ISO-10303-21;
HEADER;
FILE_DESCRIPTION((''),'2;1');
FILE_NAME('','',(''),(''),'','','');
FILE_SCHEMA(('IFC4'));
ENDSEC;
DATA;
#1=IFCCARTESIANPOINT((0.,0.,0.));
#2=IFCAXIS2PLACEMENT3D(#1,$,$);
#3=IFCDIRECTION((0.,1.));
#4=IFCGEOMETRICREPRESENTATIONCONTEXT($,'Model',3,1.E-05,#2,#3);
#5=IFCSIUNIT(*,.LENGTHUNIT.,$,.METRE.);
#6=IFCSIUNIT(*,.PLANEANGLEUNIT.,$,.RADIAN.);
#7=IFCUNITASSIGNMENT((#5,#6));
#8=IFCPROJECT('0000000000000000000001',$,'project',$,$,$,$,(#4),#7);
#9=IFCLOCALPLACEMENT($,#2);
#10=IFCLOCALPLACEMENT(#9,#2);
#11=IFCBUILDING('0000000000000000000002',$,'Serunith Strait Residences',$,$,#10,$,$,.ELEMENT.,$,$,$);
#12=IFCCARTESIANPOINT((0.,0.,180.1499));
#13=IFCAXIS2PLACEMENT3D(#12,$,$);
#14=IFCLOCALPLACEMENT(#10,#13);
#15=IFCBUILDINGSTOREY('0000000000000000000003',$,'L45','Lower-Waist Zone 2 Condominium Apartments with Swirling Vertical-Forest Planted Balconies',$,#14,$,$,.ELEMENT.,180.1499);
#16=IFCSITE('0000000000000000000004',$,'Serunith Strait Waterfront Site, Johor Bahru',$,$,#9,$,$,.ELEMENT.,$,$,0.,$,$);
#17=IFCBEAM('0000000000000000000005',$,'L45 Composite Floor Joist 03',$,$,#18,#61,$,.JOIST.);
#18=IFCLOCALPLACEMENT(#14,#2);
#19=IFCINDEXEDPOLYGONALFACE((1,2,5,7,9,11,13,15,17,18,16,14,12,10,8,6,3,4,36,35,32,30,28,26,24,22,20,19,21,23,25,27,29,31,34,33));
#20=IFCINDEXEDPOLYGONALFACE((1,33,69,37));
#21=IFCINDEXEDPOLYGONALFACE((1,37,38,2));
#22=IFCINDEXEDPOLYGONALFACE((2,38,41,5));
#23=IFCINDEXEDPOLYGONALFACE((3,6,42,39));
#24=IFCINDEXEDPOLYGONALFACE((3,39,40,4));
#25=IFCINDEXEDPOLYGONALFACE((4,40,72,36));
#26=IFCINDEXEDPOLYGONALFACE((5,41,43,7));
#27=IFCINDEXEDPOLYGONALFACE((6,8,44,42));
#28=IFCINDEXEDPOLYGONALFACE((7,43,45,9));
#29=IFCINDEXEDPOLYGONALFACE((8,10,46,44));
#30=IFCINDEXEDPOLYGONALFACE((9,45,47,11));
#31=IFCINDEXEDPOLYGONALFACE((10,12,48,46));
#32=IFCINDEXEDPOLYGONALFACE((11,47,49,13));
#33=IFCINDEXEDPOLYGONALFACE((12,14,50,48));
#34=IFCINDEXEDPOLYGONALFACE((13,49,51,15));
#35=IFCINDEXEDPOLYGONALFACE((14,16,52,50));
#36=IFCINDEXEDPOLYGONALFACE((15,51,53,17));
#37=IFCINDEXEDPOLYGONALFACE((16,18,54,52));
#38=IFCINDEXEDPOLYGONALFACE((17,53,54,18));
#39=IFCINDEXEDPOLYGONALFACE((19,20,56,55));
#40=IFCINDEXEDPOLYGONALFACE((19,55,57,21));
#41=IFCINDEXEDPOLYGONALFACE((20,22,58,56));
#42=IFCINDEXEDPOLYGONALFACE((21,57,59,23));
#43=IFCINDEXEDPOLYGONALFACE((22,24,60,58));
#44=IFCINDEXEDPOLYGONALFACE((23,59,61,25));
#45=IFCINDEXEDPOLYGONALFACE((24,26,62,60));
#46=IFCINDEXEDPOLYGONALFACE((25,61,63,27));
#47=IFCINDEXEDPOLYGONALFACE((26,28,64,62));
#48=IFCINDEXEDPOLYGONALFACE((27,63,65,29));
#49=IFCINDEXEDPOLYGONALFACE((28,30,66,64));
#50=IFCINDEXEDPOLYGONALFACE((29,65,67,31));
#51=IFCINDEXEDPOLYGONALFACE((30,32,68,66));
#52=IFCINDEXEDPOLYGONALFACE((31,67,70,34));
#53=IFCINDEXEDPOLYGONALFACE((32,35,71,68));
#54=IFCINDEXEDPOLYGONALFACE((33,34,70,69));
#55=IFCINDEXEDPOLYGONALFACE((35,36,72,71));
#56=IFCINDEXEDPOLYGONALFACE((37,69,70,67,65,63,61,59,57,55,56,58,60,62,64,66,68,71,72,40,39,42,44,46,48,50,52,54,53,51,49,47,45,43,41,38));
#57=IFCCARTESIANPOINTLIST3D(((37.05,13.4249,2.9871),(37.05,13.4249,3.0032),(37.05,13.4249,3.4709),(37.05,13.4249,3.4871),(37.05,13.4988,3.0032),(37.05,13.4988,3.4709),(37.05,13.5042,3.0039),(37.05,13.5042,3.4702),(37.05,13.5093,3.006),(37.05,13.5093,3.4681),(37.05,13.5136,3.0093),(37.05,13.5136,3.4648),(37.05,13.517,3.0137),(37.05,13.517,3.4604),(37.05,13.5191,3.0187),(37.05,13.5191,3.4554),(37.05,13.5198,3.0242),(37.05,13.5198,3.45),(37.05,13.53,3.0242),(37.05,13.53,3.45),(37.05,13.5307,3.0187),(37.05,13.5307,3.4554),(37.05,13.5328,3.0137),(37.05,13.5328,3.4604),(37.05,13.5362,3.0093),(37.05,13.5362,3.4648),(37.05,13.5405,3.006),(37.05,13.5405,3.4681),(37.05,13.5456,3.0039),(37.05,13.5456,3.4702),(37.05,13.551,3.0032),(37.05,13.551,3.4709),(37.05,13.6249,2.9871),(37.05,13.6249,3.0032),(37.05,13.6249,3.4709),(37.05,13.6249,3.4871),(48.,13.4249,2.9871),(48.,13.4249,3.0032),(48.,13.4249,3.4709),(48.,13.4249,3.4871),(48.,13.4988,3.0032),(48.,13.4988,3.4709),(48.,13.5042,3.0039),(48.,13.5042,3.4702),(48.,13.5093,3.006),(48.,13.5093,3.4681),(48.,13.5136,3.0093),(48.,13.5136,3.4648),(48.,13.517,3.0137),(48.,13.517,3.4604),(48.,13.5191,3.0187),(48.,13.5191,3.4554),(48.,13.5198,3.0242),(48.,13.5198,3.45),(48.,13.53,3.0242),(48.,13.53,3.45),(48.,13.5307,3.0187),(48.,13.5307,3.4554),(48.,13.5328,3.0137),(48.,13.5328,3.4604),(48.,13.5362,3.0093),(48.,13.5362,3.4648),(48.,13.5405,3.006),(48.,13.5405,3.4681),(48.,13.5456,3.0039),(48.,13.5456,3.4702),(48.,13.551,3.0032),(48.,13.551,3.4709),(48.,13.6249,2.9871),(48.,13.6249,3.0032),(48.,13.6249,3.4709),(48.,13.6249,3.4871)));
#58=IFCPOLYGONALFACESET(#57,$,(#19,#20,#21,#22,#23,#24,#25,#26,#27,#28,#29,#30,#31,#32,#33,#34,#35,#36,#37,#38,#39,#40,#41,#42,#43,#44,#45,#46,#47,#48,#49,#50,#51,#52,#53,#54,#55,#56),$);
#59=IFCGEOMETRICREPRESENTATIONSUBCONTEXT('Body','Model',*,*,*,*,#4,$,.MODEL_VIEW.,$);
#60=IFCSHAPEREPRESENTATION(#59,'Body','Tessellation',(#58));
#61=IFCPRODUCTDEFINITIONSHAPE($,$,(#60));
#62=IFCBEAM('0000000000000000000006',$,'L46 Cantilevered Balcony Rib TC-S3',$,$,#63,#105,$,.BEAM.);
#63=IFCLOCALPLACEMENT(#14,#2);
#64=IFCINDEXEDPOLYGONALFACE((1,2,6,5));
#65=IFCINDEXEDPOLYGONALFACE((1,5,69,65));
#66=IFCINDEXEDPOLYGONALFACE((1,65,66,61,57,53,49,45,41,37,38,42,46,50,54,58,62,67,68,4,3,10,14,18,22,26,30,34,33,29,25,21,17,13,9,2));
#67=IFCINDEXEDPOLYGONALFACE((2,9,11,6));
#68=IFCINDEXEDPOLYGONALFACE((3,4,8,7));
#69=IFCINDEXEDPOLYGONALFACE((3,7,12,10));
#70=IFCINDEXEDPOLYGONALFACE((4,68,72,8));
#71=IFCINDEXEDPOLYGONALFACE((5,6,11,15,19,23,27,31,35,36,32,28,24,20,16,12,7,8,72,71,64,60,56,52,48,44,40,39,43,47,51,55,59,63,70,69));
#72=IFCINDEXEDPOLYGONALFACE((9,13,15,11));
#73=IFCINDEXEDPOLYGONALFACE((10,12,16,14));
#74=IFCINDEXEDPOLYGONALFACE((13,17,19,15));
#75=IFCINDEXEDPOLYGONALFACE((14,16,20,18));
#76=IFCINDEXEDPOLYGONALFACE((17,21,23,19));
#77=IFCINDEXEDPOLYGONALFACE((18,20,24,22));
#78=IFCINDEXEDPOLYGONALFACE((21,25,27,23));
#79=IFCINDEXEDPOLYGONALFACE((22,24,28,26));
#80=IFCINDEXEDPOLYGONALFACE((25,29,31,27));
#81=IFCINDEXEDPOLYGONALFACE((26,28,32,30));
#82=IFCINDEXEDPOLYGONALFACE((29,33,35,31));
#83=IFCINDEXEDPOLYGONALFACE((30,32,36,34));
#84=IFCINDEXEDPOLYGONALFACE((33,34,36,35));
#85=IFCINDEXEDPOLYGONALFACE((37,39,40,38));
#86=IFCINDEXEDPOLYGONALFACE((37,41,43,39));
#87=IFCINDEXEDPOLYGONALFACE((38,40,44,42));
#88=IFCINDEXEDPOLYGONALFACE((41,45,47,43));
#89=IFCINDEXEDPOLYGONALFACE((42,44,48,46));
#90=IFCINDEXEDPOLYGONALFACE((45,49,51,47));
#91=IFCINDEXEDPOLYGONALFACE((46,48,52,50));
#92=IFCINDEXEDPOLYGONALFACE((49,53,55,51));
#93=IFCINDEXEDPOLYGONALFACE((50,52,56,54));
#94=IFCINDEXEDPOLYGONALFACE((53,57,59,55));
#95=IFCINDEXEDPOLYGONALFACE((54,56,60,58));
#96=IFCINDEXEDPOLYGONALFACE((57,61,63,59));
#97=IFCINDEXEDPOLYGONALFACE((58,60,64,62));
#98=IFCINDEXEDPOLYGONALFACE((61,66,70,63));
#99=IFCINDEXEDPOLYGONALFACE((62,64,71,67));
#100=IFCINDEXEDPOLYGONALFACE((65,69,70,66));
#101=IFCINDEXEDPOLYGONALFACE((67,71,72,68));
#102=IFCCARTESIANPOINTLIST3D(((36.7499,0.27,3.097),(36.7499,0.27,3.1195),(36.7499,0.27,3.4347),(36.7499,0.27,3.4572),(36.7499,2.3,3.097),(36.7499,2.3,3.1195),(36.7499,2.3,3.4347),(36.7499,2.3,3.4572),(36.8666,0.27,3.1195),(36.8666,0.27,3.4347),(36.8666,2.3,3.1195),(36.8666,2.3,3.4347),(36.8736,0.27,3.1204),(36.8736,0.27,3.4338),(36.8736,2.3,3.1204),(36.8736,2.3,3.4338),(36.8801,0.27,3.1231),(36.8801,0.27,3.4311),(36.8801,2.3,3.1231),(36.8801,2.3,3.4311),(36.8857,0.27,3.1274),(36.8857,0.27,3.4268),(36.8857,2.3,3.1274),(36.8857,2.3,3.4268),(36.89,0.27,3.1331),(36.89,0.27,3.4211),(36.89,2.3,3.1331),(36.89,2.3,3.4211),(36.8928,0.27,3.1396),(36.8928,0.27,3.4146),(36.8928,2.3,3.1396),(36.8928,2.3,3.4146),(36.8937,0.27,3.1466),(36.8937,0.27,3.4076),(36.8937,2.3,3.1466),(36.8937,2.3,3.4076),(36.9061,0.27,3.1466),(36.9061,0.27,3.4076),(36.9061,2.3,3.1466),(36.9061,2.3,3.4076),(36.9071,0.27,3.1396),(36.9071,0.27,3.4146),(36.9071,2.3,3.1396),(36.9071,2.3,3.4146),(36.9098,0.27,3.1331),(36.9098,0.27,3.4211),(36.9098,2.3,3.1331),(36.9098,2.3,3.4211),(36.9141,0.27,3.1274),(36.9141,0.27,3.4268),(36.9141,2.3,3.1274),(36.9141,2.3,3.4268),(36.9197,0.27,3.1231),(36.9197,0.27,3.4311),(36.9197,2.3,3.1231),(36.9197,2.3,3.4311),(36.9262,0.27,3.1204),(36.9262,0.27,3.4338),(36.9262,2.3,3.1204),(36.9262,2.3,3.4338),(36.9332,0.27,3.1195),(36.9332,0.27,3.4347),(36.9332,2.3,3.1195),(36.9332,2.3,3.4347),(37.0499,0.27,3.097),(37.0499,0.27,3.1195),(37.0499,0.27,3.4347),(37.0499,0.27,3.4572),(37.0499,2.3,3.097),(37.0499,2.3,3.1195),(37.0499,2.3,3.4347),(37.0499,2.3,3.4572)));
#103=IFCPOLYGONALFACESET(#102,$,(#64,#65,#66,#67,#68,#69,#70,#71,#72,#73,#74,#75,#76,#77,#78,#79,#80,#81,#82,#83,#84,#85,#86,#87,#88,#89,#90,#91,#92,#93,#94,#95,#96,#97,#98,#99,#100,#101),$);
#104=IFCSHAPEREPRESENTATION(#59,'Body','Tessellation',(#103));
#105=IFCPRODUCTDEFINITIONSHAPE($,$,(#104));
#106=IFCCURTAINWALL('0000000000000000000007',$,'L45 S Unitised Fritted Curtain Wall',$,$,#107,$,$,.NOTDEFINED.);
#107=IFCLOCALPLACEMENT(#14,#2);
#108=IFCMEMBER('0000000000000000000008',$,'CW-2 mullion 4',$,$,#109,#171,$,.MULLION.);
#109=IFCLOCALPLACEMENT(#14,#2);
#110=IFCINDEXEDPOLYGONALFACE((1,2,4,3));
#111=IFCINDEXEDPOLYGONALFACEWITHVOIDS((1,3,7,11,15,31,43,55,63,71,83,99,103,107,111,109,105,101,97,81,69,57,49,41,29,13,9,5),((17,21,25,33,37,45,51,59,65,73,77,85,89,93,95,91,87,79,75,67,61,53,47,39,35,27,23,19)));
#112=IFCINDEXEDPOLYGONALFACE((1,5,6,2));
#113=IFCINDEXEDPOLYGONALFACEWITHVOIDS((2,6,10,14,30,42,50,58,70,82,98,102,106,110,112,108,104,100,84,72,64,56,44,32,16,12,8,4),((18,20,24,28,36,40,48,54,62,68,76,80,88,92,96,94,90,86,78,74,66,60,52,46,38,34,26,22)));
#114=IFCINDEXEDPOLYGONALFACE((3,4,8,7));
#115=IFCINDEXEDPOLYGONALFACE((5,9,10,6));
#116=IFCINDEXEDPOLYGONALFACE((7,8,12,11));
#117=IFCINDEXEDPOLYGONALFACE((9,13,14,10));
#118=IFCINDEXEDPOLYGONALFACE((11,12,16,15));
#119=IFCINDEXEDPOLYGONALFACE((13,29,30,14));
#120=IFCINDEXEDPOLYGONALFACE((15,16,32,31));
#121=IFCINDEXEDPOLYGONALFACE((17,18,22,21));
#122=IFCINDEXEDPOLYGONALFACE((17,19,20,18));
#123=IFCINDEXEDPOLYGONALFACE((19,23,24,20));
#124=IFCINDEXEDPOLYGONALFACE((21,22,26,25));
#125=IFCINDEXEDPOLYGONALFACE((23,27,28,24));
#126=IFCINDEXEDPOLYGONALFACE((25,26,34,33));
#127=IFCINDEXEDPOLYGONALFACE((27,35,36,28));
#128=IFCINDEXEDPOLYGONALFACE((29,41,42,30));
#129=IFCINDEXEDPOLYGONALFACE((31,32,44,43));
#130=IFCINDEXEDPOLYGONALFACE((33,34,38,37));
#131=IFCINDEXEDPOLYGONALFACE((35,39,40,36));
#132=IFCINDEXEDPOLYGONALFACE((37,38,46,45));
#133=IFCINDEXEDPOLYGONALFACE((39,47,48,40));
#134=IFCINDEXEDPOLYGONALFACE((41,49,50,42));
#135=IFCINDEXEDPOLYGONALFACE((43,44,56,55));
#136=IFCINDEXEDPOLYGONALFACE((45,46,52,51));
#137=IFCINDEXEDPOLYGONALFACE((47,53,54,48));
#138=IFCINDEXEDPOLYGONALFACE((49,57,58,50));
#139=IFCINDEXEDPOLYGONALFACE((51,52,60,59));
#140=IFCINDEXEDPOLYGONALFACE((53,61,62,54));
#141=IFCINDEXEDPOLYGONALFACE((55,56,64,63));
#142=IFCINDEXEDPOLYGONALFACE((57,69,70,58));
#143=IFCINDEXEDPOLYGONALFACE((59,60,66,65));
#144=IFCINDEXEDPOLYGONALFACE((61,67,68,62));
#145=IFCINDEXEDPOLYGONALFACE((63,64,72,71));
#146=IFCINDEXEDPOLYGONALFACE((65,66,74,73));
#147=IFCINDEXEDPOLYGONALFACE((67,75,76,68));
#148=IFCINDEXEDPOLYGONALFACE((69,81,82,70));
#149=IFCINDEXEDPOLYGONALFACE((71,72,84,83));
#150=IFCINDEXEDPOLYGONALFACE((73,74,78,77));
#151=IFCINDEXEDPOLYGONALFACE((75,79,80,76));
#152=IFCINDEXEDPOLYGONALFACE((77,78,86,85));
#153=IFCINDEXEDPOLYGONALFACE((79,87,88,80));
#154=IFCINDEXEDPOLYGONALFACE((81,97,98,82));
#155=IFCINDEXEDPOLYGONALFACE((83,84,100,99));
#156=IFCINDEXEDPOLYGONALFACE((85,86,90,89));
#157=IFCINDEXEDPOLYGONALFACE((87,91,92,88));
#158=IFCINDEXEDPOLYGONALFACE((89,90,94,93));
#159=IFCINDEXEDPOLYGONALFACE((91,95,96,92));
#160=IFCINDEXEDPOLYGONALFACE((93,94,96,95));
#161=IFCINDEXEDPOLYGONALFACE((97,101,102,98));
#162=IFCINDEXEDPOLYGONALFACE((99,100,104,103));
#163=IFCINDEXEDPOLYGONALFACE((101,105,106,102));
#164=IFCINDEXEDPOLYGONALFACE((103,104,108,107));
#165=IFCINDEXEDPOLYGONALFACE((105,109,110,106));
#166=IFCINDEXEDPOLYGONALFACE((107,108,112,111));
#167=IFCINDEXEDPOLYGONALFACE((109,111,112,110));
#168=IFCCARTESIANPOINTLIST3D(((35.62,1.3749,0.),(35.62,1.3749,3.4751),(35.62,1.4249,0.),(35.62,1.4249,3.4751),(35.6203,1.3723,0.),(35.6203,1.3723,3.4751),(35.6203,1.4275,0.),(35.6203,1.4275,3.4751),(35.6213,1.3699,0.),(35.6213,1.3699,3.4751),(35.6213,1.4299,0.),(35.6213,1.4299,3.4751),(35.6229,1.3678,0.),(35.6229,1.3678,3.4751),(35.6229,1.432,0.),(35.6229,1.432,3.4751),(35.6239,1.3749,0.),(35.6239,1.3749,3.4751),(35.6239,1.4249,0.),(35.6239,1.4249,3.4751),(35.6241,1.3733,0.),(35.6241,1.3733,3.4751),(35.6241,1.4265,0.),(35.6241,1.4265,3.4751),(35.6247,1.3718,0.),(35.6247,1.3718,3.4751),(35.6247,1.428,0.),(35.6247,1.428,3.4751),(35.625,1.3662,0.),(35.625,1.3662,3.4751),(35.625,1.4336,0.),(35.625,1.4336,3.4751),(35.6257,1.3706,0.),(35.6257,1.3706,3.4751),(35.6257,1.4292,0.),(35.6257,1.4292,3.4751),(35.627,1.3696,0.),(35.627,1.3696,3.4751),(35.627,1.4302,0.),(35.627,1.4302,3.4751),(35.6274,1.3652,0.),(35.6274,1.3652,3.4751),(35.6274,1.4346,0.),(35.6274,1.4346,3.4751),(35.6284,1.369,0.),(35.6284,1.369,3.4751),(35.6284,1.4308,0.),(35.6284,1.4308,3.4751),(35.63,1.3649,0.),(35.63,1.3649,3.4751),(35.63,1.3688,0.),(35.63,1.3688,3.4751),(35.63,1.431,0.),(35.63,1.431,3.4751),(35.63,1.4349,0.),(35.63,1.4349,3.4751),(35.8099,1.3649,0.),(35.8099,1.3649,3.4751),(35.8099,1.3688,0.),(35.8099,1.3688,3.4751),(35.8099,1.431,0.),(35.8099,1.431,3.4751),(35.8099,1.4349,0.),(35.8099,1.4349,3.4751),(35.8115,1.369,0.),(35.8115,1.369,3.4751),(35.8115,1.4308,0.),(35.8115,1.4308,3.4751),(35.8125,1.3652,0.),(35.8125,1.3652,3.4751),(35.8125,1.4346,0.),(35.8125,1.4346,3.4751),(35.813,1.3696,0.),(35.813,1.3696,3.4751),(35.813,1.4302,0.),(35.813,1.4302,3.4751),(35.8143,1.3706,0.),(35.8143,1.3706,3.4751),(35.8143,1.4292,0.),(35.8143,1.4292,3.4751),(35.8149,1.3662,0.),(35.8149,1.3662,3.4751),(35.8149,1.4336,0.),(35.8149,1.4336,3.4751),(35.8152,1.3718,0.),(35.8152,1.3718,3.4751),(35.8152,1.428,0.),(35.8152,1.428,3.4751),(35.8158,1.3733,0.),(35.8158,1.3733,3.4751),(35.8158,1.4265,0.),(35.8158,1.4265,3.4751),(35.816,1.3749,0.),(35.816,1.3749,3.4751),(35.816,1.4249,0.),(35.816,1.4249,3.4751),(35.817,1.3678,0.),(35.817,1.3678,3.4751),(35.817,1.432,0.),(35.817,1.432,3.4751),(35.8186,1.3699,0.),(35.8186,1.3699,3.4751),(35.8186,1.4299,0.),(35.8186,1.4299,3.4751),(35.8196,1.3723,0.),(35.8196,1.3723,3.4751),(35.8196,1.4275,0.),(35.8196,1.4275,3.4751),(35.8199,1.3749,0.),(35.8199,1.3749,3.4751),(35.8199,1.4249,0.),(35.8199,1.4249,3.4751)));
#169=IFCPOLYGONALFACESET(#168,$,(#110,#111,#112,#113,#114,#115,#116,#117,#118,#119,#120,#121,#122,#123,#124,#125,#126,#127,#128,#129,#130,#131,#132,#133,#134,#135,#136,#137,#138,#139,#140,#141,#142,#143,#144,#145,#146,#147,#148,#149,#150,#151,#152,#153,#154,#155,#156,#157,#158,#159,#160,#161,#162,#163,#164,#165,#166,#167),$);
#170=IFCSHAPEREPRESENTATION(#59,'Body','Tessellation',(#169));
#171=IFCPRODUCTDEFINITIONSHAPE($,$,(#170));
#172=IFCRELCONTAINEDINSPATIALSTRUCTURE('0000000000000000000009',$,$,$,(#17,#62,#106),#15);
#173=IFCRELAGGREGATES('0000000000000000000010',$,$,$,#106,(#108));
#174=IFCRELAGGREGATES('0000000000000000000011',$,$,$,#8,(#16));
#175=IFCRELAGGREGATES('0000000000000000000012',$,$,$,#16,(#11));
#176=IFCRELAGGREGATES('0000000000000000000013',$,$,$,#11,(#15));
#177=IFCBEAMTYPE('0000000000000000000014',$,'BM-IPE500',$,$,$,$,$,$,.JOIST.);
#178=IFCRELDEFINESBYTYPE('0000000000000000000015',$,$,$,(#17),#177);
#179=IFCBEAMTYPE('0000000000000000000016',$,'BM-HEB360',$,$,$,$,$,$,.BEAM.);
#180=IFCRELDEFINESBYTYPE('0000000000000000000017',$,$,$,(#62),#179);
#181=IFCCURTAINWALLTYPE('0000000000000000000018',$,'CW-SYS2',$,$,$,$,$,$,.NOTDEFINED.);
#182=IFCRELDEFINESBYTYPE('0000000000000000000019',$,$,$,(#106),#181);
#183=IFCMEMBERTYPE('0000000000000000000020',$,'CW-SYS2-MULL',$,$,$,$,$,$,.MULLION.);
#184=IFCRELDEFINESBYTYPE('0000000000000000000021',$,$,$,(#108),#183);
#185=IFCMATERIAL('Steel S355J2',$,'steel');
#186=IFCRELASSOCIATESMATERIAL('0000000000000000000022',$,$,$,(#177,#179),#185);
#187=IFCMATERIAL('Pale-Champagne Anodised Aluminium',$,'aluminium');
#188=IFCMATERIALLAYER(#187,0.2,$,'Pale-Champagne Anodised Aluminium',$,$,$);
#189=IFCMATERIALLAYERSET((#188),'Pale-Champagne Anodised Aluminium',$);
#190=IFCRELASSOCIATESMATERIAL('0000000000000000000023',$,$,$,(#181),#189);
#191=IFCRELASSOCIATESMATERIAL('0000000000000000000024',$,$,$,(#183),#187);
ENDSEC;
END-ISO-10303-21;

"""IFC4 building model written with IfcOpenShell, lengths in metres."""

from ifc_helpers import new_model, si_unit, direction, frame, origin, origin_2d, place, context, subcontext, project, spatial, hollow_rectangle, i_section, extrude, source, transform, mapped, material, layer, layer_set, material_profile, profile_set, type_object, element, aggregate, save


model = new_model("IFC4")

# Units and contexts
model_context = context("Model", 3, precision=1e-05, world=origin(), true_north=direction((0.0, 1.0)))
body_context = subcontext(model_context, "Body", "Model", "MODEL_VIEW")
ifc_project = project(units=[si_unit("LENGTHUNIT", "METRE"), si_unit("PLANEANGLEUNIT", "RADIAN")], contexts=[model_context])

# Site, building, storey
site_placement = place(None, origin())
site = spatial("IfcSite", under=ifc_project, at=site_placement, Name="Serunith Strait Waterfront Site, Johor Bahru", CompositionType="ELEMENT", RefElevation=0.0)
building_placement = place(site_placement, origin())
building = spatial("IfcBuilding", under=site, at=building_placement, Name="Serunith Strait Residences", CompositionType="ELEMENT")
storey_placement = place(building_placement, frame((0.0, 0.0, 180.1499)))
storey = spatial("IfcBuildingStorey", under=building, at=storey_placement, Name="L45", Description="Lower-Waist Zone 2 Condominium Apartments with Swirling Vertical-Forest Planted Balconies", CompositionType="ELEMENT", Elevation=180.1499)

# Beams
ifc_material_1 = material(Name="Steel S355J2", Category="steel")
ifc_material_profile_1 = material_profile(ifc_material_1, i_section(OverallWidth=0.2, OverallDepth=0.5, WebThickness=0.0103, FlangeThickness=0.0161, FilletRadius=0.021, at=origin_2d()), Name="IPE 500")
ifc_profile_set_1 = profile_set([ifc_material_profile_1], Name="Steel S355J2")
beam_type_1 = type_object("IfcBeamType", Name="BM-IPE500", PredefinedType="JOIST", material=ifc_profile_set_1)
shared_shape_1 = source(origin(), body_context, "Body", "SweptSolid", [
    extrude(i_section(OverallWidth=0.2, OverallDepth=0.5, WebThickness=0.0103, FlangeThickness=0.0161, FilletRadius=0.021, at=origin_2d()), origin(), (0.0, 0.0, 1.0), 10.95),
])
beam_1_placement = place(storey_placement, frame((37.05, 13.5249, 3.2371), z_axis=(1.0, 0.0, 0.0), x_axis=(0.0, 1.0, 0.0)))
element("IfcBeam", 1, at=beam_1_placement, inside=storey, type_object=beam_type_1, Name="L45 Composite Floor Joist 03", PredefinedType="JOIST", context=body_context, shape_type="MappedRepresentation", body=[
    mapped(shared_shape_1, transform((0.0, 0.0, 0.0), scale=1.0)),
])
ifc_material_profile_2 = material_profile(ifc_material_1, i_section(OverallWidth=0.3, OverallDepth=0.3601, WebThickness=0.0125, FlangeThickness=0.0225, FilletRadius=0.0271, at=origin_2d()), Name="HEB 360")
ifc_profile_set_2 = profile_set([ifc_material_profile_2], Name="Steel S355J2")
beam_type_2 = type_object("IfcBeamType", Name="BM-HEB360", PredefinedType="BEAM", material=ifc_profile_set_2)
shared_shape_2 = source(origin(), body_context, "Body", "SweptSolid", [
    extrude(i_section(OverallWidth=0.3, OverallDepth=0.3601, WebThickness=0.0125, FlangeThickness=0.0225, FilletRadius=0.0271, at=origin_2d()), origin(), (0.0, 0.0, 1.0), 2.03),
])
beam_2_placement = place(storey_placement, frame((36.8999, 2.3, 3.2771), z_axis=(0.0, -1.0, 0.0), x_axis=(1.0, 0.0, 0.0)))
element("IfcBeam", 2, at=beam_2_placement, inside=storey, type_object=beam_type_2, Name="L46 Cantilevered Balcony Rib TC-S3", PredefinedType="BEAM", context=body_context, shape_type="MappedRepresentation", body=[
    mapped(shared_shape_2, transform((0.0, 0.0, 0.0), scale=1.0)),
])

# Curtain wall, member
ifc_material_2 = material(Name="Pale-Champagne Anodised Aluminium", Category="aluminium")
ifc_layer_1 = layer(ifc_material_2, 0.2, Name="Pale-Champagne Anodised Aluminium")
ifc_layer_set_1 = layer_set([ifc_layer_1], Name="Pale-Champagne Anodised Aluminium")
curtain_wall_type = type_object("IfcCurtainWallType", Name="CW-SYS2", PredefinedType="NOTDEFINED", material=ifc_layer_set_1)
curtain_wall_placement = place(storey_placement, origin())
curtain_wall = element("IfcCurtainWall", 3, at=curtain_wall_placement, inside=storey, type_object=curtain_wall_type, Name="L45 S Unitised Fritted Curtain Wall", PredefinedType="NOTDEFINED")
ifc_material_profile_3 = material_profile(ifc_material_2, hollow_rectangle(XDim=0.0701, YDim=0.2, WallThickness=0.0039, InnerFilletRadius=0.0061, OuterFilletRadius=0.01, at=origin_2d()), Name="ALU 200x70x4")
ifc_profile_set_3 = profile_set([ifc_material_profile_3], Name="Pale-Champagne Anodised Aluminium")
member_type_1 = type_object("IfcMemberType", Name="CW-SYS2-MULL", PredefinedType="MULLION", material=ifc_profile_set_3)
shared_shape_3 = source(origin(), body_context, "Body", "SweptSolid", [
    extrude(hollow_rectangle(XDim=0.0701, YDim=0.2, WallThickness=0.0039, InnerFilletRadius=0.0061, OuterFilletRadius=0.01, at=origin_2d()), origin(), (0.0, 0.0, 1.0), 3.4751),
])
member_1_placement = place(storey_placement, frame((35.72, 1.3999, 0.0), z_axis=(0.0, 0.0, 1.0), x_axis=(0.0, 1.0, 0.0)))
member_1 = element("IfcMember", 4, at=member_1_placement, type_object=member_type_1, Name="CW-2 mullion 4", PredefinedType="MULLION", context=body_context, shape_type="MappedRepresentation", body=[
    mapped(shared_shape_3, transform((0.0, 0.0, 0.0), scale=1.0)),
])
aggregate(curtain_wall, [member_1])

save(model, "model.ifc")
